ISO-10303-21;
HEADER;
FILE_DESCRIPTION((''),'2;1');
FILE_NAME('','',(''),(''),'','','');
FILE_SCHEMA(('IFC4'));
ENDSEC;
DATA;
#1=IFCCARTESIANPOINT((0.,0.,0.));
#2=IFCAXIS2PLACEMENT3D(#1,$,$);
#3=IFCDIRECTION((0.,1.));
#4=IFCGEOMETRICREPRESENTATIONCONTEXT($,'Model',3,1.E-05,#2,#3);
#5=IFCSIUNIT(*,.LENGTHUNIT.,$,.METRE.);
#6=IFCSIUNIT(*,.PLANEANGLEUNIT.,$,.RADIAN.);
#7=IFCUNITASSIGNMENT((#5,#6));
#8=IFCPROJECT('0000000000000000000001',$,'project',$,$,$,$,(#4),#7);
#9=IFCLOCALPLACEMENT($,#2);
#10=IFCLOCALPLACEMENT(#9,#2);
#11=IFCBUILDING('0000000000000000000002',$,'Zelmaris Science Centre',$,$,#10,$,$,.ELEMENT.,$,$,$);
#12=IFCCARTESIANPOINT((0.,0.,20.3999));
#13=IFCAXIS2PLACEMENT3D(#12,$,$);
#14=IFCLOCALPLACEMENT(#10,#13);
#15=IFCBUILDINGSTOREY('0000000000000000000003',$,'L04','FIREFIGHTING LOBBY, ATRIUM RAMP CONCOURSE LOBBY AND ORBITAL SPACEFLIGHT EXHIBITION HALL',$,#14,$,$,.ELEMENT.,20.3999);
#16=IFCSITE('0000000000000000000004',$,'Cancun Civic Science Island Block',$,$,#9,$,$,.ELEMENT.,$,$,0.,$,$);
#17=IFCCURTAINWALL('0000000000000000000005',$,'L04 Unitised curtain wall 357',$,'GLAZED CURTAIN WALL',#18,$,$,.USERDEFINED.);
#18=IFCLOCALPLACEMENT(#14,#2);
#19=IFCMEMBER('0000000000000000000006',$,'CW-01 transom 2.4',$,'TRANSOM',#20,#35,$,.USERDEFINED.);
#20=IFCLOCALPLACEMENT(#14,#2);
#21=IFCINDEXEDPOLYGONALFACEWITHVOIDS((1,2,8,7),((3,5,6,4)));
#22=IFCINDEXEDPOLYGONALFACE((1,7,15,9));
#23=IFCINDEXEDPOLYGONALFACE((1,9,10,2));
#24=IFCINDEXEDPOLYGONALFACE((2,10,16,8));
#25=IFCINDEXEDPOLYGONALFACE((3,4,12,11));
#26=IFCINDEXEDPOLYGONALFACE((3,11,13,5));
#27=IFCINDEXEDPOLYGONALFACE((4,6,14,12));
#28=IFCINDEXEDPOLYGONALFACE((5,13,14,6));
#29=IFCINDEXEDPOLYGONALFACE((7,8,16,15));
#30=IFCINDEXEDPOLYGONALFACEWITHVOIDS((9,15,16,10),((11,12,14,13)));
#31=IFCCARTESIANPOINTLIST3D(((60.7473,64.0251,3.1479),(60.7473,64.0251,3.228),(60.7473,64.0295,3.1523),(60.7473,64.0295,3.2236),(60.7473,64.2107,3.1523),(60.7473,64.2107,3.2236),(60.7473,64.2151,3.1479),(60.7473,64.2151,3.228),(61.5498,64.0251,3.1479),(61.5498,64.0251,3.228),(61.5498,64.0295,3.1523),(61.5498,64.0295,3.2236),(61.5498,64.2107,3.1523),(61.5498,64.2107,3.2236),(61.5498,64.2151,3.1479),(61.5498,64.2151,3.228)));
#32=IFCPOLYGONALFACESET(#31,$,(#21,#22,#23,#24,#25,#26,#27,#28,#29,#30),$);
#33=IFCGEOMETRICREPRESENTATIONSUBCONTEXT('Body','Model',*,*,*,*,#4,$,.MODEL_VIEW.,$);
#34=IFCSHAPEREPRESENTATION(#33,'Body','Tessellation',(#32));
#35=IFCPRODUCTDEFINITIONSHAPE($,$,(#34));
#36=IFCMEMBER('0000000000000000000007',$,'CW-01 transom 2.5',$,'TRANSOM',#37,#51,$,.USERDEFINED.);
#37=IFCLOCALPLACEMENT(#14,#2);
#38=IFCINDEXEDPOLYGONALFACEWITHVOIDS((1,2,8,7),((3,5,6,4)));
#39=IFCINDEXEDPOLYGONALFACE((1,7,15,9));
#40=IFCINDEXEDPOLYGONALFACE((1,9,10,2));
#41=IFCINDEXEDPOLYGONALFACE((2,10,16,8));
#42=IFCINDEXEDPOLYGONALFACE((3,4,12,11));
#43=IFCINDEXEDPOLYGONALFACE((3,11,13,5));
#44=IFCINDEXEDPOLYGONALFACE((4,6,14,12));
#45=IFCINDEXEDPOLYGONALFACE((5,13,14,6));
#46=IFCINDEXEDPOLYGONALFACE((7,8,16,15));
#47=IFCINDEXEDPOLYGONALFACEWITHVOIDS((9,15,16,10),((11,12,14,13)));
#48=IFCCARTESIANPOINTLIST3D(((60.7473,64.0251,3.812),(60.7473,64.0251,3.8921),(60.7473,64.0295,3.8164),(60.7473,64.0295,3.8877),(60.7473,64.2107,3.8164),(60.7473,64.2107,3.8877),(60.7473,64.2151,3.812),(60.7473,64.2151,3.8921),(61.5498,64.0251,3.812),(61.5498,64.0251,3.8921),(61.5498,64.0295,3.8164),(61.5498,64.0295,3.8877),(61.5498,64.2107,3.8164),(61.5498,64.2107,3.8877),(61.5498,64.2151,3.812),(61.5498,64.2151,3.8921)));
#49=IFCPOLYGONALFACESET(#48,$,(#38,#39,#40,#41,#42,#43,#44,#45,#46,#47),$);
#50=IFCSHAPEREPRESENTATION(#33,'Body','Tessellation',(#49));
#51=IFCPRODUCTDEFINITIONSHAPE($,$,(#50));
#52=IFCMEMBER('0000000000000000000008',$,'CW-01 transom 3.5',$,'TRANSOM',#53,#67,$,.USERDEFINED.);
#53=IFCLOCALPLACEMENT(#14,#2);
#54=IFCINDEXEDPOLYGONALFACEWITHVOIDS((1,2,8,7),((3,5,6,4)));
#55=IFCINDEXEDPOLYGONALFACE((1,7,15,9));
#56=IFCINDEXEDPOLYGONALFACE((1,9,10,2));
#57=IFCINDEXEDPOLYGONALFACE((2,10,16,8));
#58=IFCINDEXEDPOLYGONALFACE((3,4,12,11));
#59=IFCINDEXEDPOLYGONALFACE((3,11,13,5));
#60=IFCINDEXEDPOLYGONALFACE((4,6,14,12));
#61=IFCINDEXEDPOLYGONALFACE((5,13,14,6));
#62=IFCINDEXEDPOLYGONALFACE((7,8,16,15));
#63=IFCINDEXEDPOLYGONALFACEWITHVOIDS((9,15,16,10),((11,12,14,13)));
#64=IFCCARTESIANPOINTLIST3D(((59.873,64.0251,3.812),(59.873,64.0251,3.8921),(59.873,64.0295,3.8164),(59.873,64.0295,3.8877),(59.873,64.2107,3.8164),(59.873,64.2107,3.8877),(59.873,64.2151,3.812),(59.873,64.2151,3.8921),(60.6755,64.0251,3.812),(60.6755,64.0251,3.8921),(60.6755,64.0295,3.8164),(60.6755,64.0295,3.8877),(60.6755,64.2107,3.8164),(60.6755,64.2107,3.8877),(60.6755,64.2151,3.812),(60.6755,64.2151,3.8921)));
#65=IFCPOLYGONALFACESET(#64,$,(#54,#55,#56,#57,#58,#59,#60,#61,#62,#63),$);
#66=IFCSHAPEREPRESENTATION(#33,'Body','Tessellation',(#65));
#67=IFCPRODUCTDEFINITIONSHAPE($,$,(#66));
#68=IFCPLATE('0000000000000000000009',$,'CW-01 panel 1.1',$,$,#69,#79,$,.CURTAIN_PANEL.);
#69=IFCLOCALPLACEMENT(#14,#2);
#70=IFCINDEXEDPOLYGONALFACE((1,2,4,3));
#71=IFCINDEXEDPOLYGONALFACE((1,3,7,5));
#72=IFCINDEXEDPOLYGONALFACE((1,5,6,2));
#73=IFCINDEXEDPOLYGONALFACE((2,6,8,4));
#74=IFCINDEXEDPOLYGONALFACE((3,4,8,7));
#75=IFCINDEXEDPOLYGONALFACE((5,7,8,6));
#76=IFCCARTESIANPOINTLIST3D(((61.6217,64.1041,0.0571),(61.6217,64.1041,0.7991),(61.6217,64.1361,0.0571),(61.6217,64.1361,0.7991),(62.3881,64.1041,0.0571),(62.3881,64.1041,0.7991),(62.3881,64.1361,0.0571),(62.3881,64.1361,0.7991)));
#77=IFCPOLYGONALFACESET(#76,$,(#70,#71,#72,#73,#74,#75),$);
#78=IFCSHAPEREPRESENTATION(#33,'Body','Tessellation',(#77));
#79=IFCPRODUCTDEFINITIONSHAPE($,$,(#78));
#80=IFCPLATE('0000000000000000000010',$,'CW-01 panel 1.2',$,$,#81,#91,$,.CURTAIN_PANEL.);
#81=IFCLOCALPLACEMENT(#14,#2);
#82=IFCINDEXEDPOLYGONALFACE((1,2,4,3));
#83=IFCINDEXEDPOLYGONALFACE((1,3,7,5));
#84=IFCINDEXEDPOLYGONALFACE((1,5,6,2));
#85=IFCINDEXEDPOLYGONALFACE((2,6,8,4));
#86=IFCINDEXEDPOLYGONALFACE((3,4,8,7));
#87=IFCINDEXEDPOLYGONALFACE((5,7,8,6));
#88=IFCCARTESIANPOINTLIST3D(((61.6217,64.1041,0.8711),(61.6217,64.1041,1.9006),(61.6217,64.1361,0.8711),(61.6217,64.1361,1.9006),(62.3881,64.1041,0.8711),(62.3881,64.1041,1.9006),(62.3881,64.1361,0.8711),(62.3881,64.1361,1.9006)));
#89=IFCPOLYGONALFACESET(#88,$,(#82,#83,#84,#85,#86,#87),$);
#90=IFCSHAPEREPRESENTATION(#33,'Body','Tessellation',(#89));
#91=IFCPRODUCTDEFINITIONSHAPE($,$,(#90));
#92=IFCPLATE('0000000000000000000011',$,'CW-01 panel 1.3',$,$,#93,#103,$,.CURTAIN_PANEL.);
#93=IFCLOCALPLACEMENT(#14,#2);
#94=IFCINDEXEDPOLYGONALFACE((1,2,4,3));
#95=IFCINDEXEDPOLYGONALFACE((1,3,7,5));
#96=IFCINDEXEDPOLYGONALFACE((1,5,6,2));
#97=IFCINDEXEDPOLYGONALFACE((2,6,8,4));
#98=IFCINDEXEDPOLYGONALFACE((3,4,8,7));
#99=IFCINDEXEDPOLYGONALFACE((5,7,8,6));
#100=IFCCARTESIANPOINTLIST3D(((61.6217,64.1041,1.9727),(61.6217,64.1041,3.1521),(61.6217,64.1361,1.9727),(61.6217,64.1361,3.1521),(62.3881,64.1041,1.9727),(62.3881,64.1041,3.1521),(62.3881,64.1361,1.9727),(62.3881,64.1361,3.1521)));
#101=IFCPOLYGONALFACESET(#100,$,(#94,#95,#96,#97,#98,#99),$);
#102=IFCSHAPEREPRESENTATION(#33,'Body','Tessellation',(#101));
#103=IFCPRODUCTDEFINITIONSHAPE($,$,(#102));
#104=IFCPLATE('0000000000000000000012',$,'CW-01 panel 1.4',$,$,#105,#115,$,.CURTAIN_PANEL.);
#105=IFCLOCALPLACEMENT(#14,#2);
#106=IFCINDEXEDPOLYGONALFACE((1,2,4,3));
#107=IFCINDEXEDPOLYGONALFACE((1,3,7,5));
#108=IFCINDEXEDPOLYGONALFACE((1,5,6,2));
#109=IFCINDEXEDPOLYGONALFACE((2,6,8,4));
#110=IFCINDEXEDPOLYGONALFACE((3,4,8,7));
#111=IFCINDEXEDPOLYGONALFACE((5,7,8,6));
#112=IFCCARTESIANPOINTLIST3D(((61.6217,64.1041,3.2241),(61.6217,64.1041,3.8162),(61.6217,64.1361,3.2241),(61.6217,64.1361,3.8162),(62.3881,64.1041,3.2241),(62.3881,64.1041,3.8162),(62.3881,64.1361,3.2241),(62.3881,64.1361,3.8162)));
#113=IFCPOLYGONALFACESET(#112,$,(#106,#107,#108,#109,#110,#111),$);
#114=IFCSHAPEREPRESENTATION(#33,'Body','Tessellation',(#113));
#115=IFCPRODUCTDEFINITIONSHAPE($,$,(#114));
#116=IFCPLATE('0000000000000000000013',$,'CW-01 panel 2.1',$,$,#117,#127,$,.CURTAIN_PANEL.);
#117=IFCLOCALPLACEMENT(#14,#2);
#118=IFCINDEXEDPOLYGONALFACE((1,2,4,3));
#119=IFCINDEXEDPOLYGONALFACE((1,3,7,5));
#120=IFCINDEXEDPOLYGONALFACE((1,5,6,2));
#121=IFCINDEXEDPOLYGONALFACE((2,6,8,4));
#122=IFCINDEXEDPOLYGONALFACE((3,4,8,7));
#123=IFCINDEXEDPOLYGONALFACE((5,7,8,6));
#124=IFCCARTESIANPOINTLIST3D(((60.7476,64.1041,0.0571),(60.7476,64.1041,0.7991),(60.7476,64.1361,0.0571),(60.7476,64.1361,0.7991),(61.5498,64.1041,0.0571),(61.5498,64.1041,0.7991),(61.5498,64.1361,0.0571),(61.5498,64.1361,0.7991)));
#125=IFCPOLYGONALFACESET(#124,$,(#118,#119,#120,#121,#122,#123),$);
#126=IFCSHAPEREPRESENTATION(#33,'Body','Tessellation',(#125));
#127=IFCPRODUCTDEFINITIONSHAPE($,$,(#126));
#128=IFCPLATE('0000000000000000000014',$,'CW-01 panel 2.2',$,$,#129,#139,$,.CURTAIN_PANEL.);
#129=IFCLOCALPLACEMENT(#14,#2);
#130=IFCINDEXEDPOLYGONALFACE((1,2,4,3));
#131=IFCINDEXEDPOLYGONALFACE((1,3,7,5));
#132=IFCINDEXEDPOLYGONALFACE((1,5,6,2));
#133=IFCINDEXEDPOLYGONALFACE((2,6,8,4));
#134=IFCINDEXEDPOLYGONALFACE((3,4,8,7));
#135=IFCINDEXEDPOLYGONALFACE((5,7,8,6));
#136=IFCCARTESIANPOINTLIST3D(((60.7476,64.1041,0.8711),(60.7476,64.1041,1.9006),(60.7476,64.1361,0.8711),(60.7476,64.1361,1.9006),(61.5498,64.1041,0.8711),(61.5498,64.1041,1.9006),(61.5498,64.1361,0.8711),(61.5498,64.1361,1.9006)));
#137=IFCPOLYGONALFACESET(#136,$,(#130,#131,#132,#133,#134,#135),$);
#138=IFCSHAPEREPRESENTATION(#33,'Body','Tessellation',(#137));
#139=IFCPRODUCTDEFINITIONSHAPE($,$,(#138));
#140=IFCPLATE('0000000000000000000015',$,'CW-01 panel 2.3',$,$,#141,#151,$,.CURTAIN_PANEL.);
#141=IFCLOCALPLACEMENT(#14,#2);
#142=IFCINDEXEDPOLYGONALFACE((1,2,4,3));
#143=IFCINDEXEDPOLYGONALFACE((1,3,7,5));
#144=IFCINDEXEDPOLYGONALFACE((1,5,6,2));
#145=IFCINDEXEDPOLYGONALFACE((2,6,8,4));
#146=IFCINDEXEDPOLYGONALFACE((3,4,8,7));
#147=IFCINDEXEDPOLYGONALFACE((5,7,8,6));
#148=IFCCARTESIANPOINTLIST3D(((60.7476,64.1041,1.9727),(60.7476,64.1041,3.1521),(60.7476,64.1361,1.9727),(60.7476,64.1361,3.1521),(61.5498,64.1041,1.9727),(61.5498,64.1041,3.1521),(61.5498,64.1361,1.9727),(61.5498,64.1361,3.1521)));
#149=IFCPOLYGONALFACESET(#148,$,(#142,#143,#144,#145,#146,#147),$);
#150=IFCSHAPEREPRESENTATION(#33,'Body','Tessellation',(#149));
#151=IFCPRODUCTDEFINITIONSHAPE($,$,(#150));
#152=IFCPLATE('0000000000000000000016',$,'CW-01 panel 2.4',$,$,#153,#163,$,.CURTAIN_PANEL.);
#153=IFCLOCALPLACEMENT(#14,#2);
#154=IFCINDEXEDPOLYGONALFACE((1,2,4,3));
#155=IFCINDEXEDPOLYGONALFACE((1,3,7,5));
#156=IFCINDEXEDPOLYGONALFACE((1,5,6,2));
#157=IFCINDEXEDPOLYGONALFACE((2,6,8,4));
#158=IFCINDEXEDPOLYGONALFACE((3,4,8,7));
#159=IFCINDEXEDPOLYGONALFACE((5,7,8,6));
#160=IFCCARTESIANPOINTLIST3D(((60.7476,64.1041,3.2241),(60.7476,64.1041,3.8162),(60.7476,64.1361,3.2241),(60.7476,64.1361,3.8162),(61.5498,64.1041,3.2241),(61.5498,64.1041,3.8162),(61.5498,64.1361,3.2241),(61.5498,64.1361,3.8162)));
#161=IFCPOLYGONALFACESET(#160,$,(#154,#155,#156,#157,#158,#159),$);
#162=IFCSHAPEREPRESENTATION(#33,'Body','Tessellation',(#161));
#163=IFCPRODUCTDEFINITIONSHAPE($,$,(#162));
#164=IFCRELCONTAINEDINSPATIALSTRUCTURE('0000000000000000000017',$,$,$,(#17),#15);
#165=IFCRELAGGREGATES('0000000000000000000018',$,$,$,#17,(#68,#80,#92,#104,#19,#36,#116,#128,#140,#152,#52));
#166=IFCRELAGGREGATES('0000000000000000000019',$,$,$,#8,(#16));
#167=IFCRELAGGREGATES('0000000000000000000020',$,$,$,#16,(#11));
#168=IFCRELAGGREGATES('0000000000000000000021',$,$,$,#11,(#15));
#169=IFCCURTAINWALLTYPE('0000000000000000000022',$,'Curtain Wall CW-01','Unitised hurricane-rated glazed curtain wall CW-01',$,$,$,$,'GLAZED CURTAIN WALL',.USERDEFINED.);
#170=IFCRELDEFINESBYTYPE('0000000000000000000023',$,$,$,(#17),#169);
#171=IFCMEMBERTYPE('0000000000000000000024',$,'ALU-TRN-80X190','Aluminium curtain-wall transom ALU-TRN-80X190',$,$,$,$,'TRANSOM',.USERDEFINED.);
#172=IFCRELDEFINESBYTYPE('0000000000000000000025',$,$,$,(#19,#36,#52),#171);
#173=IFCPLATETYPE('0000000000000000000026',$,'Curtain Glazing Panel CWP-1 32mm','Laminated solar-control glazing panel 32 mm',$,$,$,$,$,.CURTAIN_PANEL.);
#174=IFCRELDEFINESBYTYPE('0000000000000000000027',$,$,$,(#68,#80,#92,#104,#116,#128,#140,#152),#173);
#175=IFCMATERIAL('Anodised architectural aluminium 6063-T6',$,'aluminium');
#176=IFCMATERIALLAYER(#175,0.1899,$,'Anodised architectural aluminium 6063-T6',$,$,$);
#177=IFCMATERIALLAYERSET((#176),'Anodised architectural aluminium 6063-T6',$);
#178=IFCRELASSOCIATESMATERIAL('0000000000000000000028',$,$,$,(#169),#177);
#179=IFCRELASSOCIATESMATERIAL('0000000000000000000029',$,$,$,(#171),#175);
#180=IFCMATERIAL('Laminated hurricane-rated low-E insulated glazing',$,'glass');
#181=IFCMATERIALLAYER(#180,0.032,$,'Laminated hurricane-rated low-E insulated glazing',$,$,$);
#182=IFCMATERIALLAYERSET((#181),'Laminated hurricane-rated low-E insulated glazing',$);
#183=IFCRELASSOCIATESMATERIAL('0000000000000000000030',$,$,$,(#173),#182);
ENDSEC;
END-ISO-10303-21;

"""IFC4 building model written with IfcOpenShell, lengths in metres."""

from ifc_helpers import new_model, si_unit, direction, frame, origin, origin_2d, place, context, subcontext, project, spatial, rectangle, hollow_rectangle, extrude, material, layer, layer_set, material_profile, profile_set, type_object, element, aggregate, save


model = new_model("IFC4")

# Units and contexts
model_context = context("Model", 3, precision=1e-05, world=origin(), true_north=direction((0.0, 1.0)))
body_context = subcontext(model_context, "Body", "Model", "MODEL_VIEW")
ifc_project = project(units=[si_unit("LENGTHUNIT", "METRE"), si_unit("PLANEANGLEUNIT", "RADIAN")], contexts=[model_context])

# Site, building, storey
site_placement = place(None, origin())
site = spatial("IfcSite", under=ifc_project, at=site_placement, Name="Cancun Civic Science Island Block", CompositionType="ELEMENT", RefElevation=0.0)
building_placement = place(site_placement, origin())
building = spatial("IfcBuilding", under=site, at=building_placement, Name="Zelmaris Science Centre", CompositionType="ELEMENT")
storey_placement = place(building_placement, frame((0.0, 0.0, 20.3999)))
storey = spatial("IfcBuildingStorey", under=building, at=storey_placement, Name="L04", Description="FIREFIGHTING LOBBY, ATRIUM RAMP CONCOURSE LOBBY AND ORBITAL SPACEFLIGHT EXHIBITION HALL", CompositionType="ELEMENT", Elevation=20.3999)

# Curtain wall, members, plates
ifc_material_1 = material(Name="Anodised architectural aluminium 6063-T6", Category="aluminium")
ifc_layer_1 = layer(ifc_material_1, 0.1899, Name="Anodised architectural aluminium 6063-T6")
ifc_layer_set_1 = layer_set([ifc_layer_1], Name="Anodised architectural aluminium 6063-T6")
curtain_wall_type = type_object("IfcCurtainWallType", Name="Curtain Wall CW-01", Description="Unitised hurricane-rated glazed curtain wall CW-01", ElementType="GLAZED CURTAIN WALL", PredefinedType="USERDEFINED", material=ifc_layer_set_1)
curtain_wall_placement = place(storey_placement, origin())
curtain_wall = element("IfcCurtainWall", 1, at=curtain_wall_placement, inside=storey, type_object=curtain_wall_type, Name="L04 Unitised curtain wall 357", ObjectType="GLAZED CURTAIN WALL", PredefinedType="USERDEFINED")
ifc_material_profile_1 = material_profile(ifc_material_1, hollow_rectangle(XDim=0.0801, YDim=0.1899, WallThickness=0.0044, at=origin_2d()), Name="ALU-TRN-80X190")
ifc_profile_set_1 = profile_set([ifc_material_profile_1], Name="Anodised architectural aluminium 6063-T6")
member_type_1 = type_object("IfcMemberType", Name="ALU-TRN-80X190", Description="Aluminium curtain-wall transom ALU-TRN-80X190", ElementType="TRANSOM", PredefinedType="USERDEFINED", material=ifc_profile_set_1)
member_1_placement = place(storey_placement, frame((61.5498, 64.1201, 3.188), z_axis=(-1.0, 0.0, 0.0), x_axis=(0.0, 0.0, 1.0)))
member_1 = element("IfcMember", 2, at=member_1_placement, type_object=member_type_1, Name="CW-01 transom 2.4", ObjectType="TRANSOM", PredefinedType="USERDEFINED", context=body_context, shape_type="SweptSolid", body=[
    extrude(hollow_rectangle(XDim=0.0801, YDim=0.1899, WallThickness=0.0044, at=origin_2d()), origin(), (0.0, 0.0, 1.0), 0.8025),
])
member_2_placement = place(storey_placement, frame((61.5498, 64.1201, 3.8521), z_axis=(-1.0, 0.0, 0.0), x_axis=(0.0, 0.0, 1.0)))
member_2 = element("IfcMember", 3, at=member_2_placement, type_object=member_type_1, Name="CW-01 transom 2.5", ObjectType="TRANSOM", PredefinedType="USERDEFINED", context=body_context, shape_type="SweptSolid", body=[
    extrude(hollow_rectangle(XDim=0.0801, YDim=0.1899, WallThickness=0.0044, at=origin_2d()), origin(), (0.0, 0.0, 1.0), 0.8025),
])
member_3_placement = place(storey_placement, frame((60.6755, 64.1201, 3.8521), z_axis=(-1.0, 0.0, 0.0), x_axis=(0.0, 0.0, 1.0)))
member_3 = element("IfcMember", 4, at=member_3_placement, type_object=member_type_1, Name="CW-01 transom 3.5", ObjectType="TRANSOM", PredefinedType="USERDEFINED", context=body_context, shape_type="SweptSolid", body=[
    extrude(hollow_rectangle(XDim=0.0801, YDim=0.1899, WallThickness=0.0044, at=origin_2d()), origin(), (0.0, 0.0, 1.0), 0.8025),
])
ifc_material_2 = material(Name="Laminated hurricane-rated low-E insulated glazing", Category="glass")
ifc_layer_2 = layer(ifc_material_2, 0.032, Name="Laminated hurricane-rated low-E insulated glazing")
ifc_layer_set_2 = layer_set([ifc_layer_2], Name="Laminated hurricane-rated low-E insulated glazing")
plate_type = type_object("IfcPlateType", Name="Curtain Glazing Panel CWP-1 32mm", Description="Laminated solar-control glazing panel 32 mm", PredefinedType="CURTAIN_PANEL", material=ifc_layer_set_2)
plate_1_placement = place(storey_placement, frame((62.0049, 64.1201, 0.0571), z_axis=(0.0, 0.0, 1.0), x_axis=(-1.0, 0.000016, 0.0)))
plate_1 = element("IfcPlate", 5, at=plate_1_placement, type_object=plate_type, Name="CW-01 panel 1.1", PredefinedType="CURTAIN_PANEL", context=body_context, shape_type="SweptSolid", body=[
    extrude(rectangle(XDim=0.7664, YDim=0.032, at=origin_2d()), origin(), (0.0, 0.0, 1.0), 0.7419),
])
plate_2_placement = place(storey_placement, frame((62.0049, 64.1201, 0.8711), z_axis=(0.0, 0.0, 1.0), x_axis=(-1.0, 0.000016, 0.0)))
plate_2 = element("IfcPlate", 6, at=plate_2_placement, type_object=plate_type, Name="CW-01 panel 1.2", PredefinedType="CURTAIN_PANEL", context=body_context, shape_type="SweptSolid", body=[
    extrude(rectangle(XDim=0.7664, YDim=0.032, at=origin_2d()), origin(), (0.0, 0.0, 1.0), 1.0295),
])
plate_3_placement = place(storey_placement, frame((62.0049, 64.1201, 1.9727), z_axis=(0.0, 0.0, 1.0), x_axis=(-1.0, 0.000016, 0.0)))
plate_3 = element("IfcPlate", 7, at=plate_3_placement, type_object=plate_type, Name="CW-01 panel 1.3", PredefinedType="CURTAIN_PANEL", context=body_context, shape_type="SweptSolid", body=[
    extrude(rectangle(XDim=0.7664, YDim=0.032, at=origin_2d()), origin(), (0.0, 0.0, 1.0), 1.1794),
])
plate_4_placement = place(storey_placement, frame((62.0049, 64.1201, 3.2241), z_axis=(0.0, 0.0, 1.0), x_axis=(-1.0, 0.000016, 0.0)))
plate_4 = element("IfcPlate", 8, at=plate_4_placement, type_object=plate_type, Name="CW-01 panel 1.4", PredefinedType="CURTAIN_PANEL", context=body_context, shape_type="SweptSolid", body=[
    extrude(rectangle(XDim=0.7664, YDim=0.032, at=origin_2d()), origin(), (0.0, 0.0, 1.0), 0.592),
])
plate_5_placement = place(storey_placement, frame((61.1487, 64.1201, 0.0571), z_axis=(0.0, 0.0, 1.0), x_axis=(-1.0, 0.000016, 0.0)))
plate_5 = element("IfcPlate", 9, at=plate_5_placement, type_object=plate_type, Name="CW-01 panel 2.1", PredefinedType="CURTAIN_PANEL", context=body_context, shape_type="SweptSolid", body=[
    extrude(rectangle(XDim=0.8022, YDim=0.032, at=origin_2d()), origin(), (0.0, 0.0, 1.0), 0.7419),
])
plate_6_placement = place(storey_placement, frame((61.1487, 64.1201, 0.8711), z_axis=(0.0, 0.0, 1.0), x_axis=(-1.0, 0.000016, 0.0)))
plate_6 = element("IfcPlate", 10, at=plate_6_placement, type_object=plate_type, Name="CW-01 panel 2.2", PredefinedType="CURTAIN_PANEL", context=body_context, shape_type="SweptSolid", body=[
    extrude(rectangle(XDim=0.8022, YDim=0.032, at=origin_2d()), origin(), (0.0, 0.0, 1.0), 1.0295),
])
plate_7_placement = place(storey_placement, frame((61.1487, 64.1201, 1.9727), z_axis=(0.0, 0.0, 1.0), x_axis=(-1.0, 0.000016, 0.0)))
plate_7 = element("IfcPlate", 11, at=plate_7_placement, type_object=plate_type, Name="CW-01 panel 2.3", PredefinedType="CURTAIN_PANEL", context=body_context, shape_type="SweptSolid", body=[
    extrude(rectangle(XDim=0.8022, YDim=0.032, at=origin_2d()), origin(), (0.0, 0.0, 1.0), 1.1794),
])
plate_8_placement = place(storey_placement, frame((61.1487, 64.1201, 3.2241), z_axis=(0.0, 0.0, 1.0), x_axis=(-1.0, 0.000016, 0.0)))
plate_8 = element("IfcPlate", 12, at=plate_8_placement, type_object=plate_type, Name="CW-01 panel 2.4", PredefinedType="CURTAIN_PANEL", context=body_context, shape_type="SweptSolid", body=[
    extrude(rectangle(XDim=0.8022, YDim=0.032, at=origin_2d()), origin(), (0.0, 0.0, 1.0), 0.592),
])
aggregate(curtain_wall, [plate_1, plate_2, plate_3, plate_4, member_1, member_2, plate_5, plate_6, plate_7, plate_8, member_3])

save(model, "model.ifc")
